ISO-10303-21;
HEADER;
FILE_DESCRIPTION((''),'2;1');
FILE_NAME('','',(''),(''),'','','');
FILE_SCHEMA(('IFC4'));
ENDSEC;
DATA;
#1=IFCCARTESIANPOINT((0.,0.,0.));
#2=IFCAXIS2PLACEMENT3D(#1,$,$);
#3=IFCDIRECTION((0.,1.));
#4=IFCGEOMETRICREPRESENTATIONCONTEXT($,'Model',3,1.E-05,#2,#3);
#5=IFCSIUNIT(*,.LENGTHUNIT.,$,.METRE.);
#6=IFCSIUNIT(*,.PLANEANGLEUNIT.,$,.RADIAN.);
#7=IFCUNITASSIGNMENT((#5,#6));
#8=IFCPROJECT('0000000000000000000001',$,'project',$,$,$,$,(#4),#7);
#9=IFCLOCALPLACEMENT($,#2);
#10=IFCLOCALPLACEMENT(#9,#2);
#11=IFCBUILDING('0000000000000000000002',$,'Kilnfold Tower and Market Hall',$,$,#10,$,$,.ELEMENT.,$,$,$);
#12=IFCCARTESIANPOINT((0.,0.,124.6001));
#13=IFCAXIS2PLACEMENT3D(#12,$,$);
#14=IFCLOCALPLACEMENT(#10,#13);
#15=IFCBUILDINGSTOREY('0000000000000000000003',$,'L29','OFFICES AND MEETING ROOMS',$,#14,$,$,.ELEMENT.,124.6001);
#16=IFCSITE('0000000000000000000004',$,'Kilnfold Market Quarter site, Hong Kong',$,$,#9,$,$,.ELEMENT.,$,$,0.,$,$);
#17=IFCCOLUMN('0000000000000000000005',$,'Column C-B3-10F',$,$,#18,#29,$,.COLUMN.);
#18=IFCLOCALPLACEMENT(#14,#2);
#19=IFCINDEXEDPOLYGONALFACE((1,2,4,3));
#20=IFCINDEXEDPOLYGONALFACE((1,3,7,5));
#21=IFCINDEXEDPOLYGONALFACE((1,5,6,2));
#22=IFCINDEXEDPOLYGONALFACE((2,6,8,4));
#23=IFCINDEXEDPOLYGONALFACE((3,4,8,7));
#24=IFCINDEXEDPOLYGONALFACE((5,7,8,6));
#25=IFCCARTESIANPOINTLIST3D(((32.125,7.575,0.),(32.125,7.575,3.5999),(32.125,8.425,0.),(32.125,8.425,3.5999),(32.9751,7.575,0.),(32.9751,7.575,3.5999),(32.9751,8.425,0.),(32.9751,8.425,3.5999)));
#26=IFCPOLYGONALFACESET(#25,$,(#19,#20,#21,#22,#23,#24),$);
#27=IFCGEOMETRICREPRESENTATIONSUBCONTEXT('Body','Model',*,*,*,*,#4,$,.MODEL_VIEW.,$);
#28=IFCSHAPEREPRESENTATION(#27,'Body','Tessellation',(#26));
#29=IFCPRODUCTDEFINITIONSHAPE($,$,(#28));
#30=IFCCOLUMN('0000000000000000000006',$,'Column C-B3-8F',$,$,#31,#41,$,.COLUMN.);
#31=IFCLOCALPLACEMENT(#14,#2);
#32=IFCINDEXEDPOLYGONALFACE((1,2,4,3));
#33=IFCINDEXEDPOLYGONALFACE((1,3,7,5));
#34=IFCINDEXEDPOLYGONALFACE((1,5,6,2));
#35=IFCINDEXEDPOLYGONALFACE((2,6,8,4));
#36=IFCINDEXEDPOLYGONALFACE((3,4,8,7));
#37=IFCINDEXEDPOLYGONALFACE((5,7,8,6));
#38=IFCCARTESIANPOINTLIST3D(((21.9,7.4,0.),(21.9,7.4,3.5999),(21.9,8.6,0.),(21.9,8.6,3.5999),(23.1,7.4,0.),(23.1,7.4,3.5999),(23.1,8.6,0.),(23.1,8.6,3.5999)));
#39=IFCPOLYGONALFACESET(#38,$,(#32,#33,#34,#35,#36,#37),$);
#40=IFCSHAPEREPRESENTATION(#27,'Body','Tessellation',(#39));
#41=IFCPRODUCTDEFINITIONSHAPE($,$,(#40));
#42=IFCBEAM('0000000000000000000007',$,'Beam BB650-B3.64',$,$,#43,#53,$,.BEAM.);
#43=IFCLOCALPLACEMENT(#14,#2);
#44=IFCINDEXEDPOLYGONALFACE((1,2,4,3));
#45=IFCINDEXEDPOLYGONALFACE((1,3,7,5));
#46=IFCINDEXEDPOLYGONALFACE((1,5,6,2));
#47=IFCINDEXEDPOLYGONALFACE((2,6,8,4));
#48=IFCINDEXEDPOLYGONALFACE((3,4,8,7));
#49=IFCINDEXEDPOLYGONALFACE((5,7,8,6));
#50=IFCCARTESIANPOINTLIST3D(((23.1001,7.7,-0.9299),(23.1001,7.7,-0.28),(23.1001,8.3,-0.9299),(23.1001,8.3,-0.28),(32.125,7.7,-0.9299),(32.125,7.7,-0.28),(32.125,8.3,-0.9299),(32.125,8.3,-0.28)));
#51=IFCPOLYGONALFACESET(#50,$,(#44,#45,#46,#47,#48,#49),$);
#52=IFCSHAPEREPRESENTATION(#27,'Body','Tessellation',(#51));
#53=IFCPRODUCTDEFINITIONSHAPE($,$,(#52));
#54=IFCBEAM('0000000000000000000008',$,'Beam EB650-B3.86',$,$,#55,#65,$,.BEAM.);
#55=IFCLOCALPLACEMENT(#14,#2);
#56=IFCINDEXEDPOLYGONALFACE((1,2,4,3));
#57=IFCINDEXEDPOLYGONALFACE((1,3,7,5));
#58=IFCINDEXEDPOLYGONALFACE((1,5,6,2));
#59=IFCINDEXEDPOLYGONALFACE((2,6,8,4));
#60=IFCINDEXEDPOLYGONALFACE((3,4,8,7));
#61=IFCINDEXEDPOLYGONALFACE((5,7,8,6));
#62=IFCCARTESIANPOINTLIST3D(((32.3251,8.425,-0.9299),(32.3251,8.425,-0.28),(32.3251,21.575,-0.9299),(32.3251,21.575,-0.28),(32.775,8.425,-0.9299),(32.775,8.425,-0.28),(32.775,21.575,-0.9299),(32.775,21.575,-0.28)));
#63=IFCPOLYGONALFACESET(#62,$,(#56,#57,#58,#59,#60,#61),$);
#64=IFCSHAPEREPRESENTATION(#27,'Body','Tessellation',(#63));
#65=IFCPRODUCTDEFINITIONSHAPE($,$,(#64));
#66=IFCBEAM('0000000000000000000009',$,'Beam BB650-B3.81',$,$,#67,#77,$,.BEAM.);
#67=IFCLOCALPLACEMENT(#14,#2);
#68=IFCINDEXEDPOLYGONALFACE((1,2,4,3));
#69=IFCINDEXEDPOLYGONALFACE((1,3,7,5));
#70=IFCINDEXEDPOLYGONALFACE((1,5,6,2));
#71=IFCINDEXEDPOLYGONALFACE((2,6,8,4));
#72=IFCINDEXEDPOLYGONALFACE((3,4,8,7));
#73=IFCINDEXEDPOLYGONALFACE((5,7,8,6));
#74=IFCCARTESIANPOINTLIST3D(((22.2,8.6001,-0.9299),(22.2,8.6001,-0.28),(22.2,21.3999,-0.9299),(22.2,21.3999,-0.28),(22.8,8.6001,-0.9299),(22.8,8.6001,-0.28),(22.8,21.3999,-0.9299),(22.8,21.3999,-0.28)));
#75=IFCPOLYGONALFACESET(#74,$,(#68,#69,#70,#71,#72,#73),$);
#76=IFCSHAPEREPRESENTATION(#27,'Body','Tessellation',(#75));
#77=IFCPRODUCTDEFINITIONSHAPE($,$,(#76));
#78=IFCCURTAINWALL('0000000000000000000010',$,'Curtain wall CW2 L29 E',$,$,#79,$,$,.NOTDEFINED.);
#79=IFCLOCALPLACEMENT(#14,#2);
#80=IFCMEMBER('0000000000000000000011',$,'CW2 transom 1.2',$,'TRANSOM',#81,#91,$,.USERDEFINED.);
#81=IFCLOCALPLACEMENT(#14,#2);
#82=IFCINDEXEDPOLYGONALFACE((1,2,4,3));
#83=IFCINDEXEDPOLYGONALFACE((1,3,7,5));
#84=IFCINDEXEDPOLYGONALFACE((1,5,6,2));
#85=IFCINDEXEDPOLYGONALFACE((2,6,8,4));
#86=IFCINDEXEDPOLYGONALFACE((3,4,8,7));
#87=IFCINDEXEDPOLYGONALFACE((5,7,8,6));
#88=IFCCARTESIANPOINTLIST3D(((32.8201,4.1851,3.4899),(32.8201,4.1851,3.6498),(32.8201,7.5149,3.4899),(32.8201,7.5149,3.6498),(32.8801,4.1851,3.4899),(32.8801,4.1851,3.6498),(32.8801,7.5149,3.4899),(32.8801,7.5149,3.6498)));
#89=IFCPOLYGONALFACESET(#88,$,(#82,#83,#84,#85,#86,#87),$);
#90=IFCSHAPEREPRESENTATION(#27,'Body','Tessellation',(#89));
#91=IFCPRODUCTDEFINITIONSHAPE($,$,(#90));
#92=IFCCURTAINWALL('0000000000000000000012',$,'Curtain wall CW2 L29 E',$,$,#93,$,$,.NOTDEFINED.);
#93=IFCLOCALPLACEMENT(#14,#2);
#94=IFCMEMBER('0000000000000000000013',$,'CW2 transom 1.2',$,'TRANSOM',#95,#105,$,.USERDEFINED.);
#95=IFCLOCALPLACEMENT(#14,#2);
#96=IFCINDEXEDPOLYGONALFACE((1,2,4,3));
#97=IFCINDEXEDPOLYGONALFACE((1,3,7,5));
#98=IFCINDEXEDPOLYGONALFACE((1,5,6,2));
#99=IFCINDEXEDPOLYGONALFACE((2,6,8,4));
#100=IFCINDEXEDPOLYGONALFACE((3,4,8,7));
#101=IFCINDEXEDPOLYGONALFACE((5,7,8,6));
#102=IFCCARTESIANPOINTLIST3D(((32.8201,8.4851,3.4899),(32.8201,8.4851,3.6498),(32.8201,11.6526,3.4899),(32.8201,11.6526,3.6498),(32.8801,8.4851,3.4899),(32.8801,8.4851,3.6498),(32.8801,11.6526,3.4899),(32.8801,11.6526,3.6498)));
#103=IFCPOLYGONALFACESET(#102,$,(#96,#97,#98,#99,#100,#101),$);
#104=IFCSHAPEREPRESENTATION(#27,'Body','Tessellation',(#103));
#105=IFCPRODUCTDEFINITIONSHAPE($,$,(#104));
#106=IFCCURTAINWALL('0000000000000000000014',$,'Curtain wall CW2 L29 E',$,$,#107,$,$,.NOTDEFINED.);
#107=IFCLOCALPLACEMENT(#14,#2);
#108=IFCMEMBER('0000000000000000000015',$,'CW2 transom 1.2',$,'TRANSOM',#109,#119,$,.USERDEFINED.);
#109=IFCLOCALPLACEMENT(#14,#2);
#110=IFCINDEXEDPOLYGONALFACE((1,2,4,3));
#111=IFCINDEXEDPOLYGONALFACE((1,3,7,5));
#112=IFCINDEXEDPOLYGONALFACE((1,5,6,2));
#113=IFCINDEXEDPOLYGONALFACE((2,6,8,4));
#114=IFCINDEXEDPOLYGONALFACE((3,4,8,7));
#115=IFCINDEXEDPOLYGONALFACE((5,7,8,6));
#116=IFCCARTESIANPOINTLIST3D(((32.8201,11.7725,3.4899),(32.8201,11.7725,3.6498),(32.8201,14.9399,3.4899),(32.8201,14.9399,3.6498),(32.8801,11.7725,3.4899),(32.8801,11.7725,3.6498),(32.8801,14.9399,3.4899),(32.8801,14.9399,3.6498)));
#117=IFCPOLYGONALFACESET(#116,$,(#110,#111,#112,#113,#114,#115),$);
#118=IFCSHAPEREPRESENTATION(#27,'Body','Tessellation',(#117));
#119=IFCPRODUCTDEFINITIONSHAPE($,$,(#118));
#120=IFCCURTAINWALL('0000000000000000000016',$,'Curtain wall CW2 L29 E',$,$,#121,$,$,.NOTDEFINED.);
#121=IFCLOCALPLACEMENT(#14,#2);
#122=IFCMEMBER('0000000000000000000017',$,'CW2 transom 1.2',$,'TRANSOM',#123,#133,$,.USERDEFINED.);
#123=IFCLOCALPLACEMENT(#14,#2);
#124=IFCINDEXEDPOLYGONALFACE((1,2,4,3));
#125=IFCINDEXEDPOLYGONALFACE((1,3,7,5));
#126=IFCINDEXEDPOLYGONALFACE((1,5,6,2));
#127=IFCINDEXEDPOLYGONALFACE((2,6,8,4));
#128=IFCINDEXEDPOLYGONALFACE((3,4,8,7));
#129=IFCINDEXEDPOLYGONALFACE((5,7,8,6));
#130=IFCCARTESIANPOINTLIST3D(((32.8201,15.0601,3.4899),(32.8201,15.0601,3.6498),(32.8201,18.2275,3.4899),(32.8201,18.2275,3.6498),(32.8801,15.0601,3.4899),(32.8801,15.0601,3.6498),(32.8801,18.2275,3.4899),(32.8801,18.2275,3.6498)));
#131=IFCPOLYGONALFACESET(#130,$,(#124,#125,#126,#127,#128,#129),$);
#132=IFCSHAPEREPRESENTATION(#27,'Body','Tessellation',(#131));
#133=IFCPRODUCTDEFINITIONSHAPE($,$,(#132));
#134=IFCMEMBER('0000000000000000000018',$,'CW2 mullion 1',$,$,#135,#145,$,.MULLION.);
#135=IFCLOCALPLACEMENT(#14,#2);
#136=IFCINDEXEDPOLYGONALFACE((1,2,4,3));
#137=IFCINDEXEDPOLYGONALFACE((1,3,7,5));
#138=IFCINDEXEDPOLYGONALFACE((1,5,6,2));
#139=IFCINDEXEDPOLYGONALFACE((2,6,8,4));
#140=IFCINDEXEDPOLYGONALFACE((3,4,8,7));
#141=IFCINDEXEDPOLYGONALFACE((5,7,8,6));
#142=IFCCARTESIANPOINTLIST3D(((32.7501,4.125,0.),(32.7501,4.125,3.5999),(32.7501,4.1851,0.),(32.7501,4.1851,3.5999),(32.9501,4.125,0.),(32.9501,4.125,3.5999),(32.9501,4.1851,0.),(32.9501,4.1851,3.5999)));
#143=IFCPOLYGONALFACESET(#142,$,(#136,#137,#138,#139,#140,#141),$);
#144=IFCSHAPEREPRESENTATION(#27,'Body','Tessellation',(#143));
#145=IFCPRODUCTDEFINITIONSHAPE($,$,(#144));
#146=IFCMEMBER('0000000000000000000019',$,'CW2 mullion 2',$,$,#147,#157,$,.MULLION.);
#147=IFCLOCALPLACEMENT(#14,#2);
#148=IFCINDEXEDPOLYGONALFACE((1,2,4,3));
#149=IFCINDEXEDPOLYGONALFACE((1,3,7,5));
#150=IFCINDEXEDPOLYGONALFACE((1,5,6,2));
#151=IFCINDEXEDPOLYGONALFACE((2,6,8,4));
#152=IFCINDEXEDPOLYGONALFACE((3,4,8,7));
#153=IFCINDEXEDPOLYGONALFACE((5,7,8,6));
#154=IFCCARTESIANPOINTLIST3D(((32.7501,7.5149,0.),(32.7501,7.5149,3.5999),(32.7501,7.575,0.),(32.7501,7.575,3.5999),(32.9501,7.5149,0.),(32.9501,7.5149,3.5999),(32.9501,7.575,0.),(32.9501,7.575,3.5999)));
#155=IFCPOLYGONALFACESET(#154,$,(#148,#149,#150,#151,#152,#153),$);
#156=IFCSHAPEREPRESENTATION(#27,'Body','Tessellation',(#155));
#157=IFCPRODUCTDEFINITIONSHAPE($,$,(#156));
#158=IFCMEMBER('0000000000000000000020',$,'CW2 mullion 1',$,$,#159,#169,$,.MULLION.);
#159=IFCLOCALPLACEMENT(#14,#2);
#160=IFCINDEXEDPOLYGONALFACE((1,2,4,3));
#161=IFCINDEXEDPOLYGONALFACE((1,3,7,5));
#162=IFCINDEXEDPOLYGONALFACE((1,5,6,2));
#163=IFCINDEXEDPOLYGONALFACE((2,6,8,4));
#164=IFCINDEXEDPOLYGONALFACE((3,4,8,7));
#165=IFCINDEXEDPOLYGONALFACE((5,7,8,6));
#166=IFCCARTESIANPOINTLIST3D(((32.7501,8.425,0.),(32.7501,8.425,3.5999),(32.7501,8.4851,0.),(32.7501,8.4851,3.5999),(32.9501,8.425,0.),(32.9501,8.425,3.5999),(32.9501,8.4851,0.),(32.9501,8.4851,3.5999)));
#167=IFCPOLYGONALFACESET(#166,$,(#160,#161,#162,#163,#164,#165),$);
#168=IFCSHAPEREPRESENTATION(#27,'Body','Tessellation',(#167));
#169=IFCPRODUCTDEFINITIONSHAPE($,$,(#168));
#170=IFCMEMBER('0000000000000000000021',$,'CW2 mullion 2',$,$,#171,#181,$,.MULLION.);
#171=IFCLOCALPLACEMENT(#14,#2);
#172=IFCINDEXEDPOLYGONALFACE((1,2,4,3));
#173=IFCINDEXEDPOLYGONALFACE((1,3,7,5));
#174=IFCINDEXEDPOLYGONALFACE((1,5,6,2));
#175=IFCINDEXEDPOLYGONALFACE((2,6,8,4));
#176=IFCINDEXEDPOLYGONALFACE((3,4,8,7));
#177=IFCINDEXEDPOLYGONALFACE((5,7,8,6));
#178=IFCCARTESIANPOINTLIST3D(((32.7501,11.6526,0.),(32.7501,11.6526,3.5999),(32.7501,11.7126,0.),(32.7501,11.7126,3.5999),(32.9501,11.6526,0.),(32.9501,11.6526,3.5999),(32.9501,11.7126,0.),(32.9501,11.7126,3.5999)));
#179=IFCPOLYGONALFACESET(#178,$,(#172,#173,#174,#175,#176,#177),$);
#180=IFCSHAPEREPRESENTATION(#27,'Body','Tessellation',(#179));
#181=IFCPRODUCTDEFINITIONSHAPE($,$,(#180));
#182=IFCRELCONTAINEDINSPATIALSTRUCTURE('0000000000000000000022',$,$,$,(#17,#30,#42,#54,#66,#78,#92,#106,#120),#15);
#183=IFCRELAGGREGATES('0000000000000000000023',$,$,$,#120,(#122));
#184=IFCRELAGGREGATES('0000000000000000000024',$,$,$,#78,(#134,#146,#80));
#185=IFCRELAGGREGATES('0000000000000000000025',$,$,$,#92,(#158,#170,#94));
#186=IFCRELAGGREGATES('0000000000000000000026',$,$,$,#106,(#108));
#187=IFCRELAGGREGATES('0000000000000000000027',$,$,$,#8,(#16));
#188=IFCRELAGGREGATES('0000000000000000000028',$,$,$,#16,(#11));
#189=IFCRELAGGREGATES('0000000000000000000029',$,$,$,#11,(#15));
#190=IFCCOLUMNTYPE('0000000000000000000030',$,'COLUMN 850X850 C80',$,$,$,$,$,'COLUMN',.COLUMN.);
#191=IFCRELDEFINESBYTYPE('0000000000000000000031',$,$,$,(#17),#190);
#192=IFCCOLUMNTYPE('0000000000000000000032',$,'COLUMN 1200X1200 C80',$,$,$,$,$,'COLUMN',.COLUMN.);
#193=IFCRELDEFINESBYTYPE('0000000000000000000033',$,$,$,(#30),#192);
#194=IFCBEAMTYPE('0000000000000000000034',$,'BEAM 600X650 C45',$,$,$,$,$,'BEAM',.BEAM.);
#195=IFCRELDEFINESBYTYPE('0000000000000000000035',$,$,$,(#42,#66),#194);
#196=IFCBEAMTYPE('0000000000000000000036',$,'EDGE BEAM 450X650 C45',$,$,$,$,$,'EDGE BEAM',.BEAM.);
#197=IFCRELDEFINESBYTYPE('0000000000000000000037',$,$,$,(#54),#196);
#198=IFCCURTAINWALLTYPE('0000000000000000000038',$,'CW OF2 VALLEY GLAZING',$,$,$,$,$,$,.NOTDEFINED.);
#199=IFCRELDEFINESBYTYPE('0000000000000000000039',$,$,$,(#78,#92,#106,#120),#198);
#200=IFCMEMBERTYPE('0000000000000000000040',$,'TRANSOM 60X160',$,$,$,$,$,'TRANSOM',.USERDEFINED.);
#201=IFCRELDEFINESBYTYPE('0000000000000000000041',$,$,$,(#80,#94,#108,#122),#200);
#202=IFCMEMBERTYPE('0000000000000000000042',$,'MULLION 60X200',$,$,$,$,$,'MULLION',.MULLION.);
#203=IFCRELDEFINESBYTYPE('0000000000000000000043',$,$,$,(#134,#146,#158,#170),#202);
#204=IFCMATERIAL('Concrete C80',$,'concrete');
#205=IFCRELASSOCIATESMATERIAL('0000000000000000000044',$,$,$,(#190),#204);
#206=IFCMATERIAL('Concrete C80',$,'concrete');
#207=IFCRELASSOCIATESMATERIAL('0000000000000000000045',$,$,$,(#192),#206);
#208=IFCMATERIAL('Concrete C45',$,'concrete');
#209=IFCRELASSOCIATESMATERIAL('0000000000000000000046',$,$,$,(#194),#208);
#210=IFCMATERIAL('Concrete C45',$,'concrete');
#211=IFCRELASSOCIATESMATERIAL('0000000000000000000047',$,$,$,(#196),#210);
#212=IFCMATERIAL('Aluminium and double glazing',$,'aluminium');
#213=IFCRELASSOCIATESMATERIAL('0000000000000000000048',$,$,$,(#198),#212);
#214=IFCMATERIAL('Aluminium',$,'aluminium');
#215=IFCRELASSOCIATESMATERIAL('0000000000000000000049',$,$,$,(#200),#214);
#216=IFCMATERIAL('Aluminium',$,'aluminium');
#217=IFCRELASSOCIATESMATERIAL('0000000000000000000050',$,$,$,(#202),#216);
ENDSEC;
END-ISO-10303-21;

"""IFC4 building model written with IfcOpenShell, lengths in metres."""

from ifc_helpers import new_model, si_unit, direction, frame, origin, origin_2d, place, context, subcontext, project, spatial, rectangle, extrude, source, transform, mapped, material, material_profile, profile_set, type_object, element, aggregate, save


model = new_model("IFC4")

# Units and contexts
model_context = context("Model", 3, precision=1e-05, world=origin(), true_north=direction((0.0, 1.0)))
body_context = subcontext(model_context, "Body", "Model", "MODEL_VIEW")
ifc_project = project(units=[si_unit("LENGTHUNIT", "METRE"), si_unit("PLANEANGLEUNIT", "RADIAN")], contexts=[model_context])

# Site, building, storey
site_placement = place(None, origin())
site = spatial("IfcSite", under=ifc_project, at=site_placement, Name="Kilnfold Market Quarter site, Hong Kong", CompositionType="ELEMENT", RefElevation=0.0)
building_placement = place(site_placement, origin())
building = spatial("IfcBuilding", under=site, at=building_placement, Name="Kilnfold Tower and Market Hall", CompositionType="ELEMENT")
storey_placement = place(building_placement, frame((0.0, 0.0, 124.6001)))
storey = spatial("IfcBuildingStorey", under=building, at=storey_placement, Name="L29", Description="OFFICES AND MEETING ROOMS", CompositionType="ELEMENT", Elevation=124.6001)

# Columns
ifc_material_1 = material(Name="Concrete C80", Category="concrete")
ifc_material_profile_1 = material_profile(ifc_material_1, rectangle(XDim=0.8501, YDim=0.8501, at=origin_2d()), Name="RC 850x850")
ifc_profile_set_1 = profile_set([ifc_material_profile_1], Name="Concrete C80")
column_type_1 = type_object("IfcColumnType", Name="COLUMN 850X850 C80", ElementType="COLUMN", PredefinedType="COLUMN", material=ifc_profile_set_1)
shared_shape_1 = source(origin(), body_context, "Body", "SweptSolid", [
    extrude(rectangle(XDim=0.8501, YDim=0.8501, at=origin_2d()), origin(), (0.0, 0.0, 1.0), 3.5999),
])
column_1_placement = place(storey_placement, frame((32.55, 8.0, 0.0), z_axis=(0.0, 0.0, 1.0), x_axis=(1.0, 0.0, 0.0)))
element("IfcColumn", 1, at=column_1_placement, inside=storey, type_object=column_type_1, Name="Column C-B3-10F", PredefinedType="COLUMN", context=body_context, shape_type="MappedRepresentation", body=[
    mapped(shared_shape_1, transform((0.0, 0.0, 0.0))),
])
ifc_material_2 = material(Name="Concrete C80", Category="concrete")
ifc_material_profile_2 = material_profile(ifc_material_2, rectangle(XDim=1.2, YDim=1.2, at=origin_2d()), Name="RC 1200x1200")
ifc_profile_set_2 = profile_set([ifc_material_profile_2], Name="Concrete C80")
column_type_2 = type_object("IfcColumnType", Name="COLUMN 1200X1200 C80", ElementType="COLUMN", PredefinedType="COLUMN", material=ifc_profile_set_2)
shared_shape_2 = source(origin(), body_context, "Body", "SweptSolid", [
    extrude(rectangle(XDim=1.2, YDim=1.2, at=origin_2d()), origin(), (0.0, 0.0, 1.0), 3.5999),
])
column_2_placement = place(storey_placement, frame((22.5, 8.0, 0.0), z_axis=(0.0, 0.0, 1.0), x_axis=(1.0, 0.0, 0.0)))
element("IfcColumn", 2, at=column_2_placement, inside=storey, type_object=column_type_2, Name="Column C-B3-8F", PredefinedType="COLUMN", context=body_context, shape_type="MappedRepresentation", body=[
    mapped(shared_shape_2, transform((0.0, 0.0, 0.0))),
])

# Beams
ifc_material_3 = material(Name="Concrete C45", Category="concrete")
ifc_material_profile_3 = material_profile(ifc_material_3, rectangle(XDim=0.6001, YDim=0.6499, at=origin_2d()), Name="RC 600x650")
ifc_profile_set_3 = profile_set([ifc_material_profile_3], Name="Concrete C45")
beam_type_1 = type_object("IfcBeamType", Name="BEAM 600X650 C45", ElementType="BEAM", PredefinedType="BEAM", material=ifc_profile_set_3)
shared_shape_3 = source(origin(), body_context, "Body", "SweptSolid", [
    extrude(rectangle(XDim=0.6001, YDim=0.6499, at=origin_2d()), origin(), (0.0, 0.0, 1.0), 9.0249),
])
beam_1_placement = place(storey_placement, frame((23.1001, 8.0, -0.605), z_axis=(1.0, 0.0, 0.0), x_axis=(0.0, 1.0, 0.0)))
element("IfcBeam", 3, at=beam_1_placement, inside=storey, type_object=beam_type_1, Name="Beam BB650-B3.64", PredefinedType="BEAM", context=body_context, shape_type="MappedRepresentation", body=[
    mapped(shared_shape_3, transform((0.0, 0.0, 0.0))),
])
ifc_material_4 = material(Name="Concrete C45", Category="concrete")
ifc_material_profile_4 = material_profile(ifc_material_4, rectangle(XDim=0.45, YDim=0.6499, at=origin_2d()), Name="RC 450x650")
ifc_profile_set_4 = profile_set([ifc_material_profile_4], Name="Concrete C45")
beam_type_2 = type_object("IfcBeamType", Name="EDGE BEAM 450X650 C45", ElementType="EDGE BEAM", PredefinedType="BEAM", material=ifc_profile_set_4)
shared_shape_4 = source(origin(), body_context, "Body", "SweptSolid", [
    extrude(rectangle(XDim=0.45, YDim=0.6499, at=origin_2d()), origin(), (0.0, 0.0, 1.0), 13.1499),
])
beam_2_placement = place(storey_placement, frame((32.55, 8.425, -0.605), z_axis=(0.0, 1.0, 0.0), x_axis=(-1.0, 0.0, 0.0)))
element("IfcBeam", 4, at=beam_2_placement, inside=storey, type_object=beam_type_2, Name="Beam EB650-B3.86", PredefinedType="BEAM", context=body_context, shape_type="MappedRepresentation", body=[
    mapped(shared_shape_4, transform((0.0, 0.0, 0.0))),
])
shared_shape_5 = source(origin(), body_context, "Body", "SweptSolid", [
    extrude(rectangle(XDim=0.6001, YDim=0.6499, at=origin_2d()), origin(), (0.0, 0.0, 1.0), 12.7998),
])
beam_3_placement = place(storey_placement, frame((22.5, 8.6001, -0.605), z_axis=(0.0, 1.0, 0.0), x_axis=(-1.0, 0.0, 0.0)))
element("IfcBeam", 5, at=beam_3_placement, inside=storey, type_object=beam_type_1, Name="Beam BB650-B3.81", PredefinedType="BEAM", context=body_context, shape_type="MappedRepresentation", body=[
    mapped(shared_shape_5, transform((0.0, 0.0, 0.0))),
])

# Curtain walls, members
ifc_material_5 = material(Name="Aluminium and double glazing", Category="aluminium")
curtain_wall_type = type_object("IfcCurtainWallType", Name="CW OF2 VALLEY GLAZING", PredefinedType="NOTDEFINED", material=ifc_material_5)
curtain_wall_1_placement = place(storey_placement, origin())
curtain_wall_1 = element("IfcCurtainWall", 6, at=curtain_wall_1_placement, inside=storey, type_object=curtain_wall_type, Name="Curtain wall CW2 L29 E", PredefinedType="NOTDEFINED")
ifc_material_6 = material(Name="Aluminium", Category="aluminium")
ifc_material_profile_5 = material_profile(ifc_material_6, rectangle(XDim=0.0601, YDim=0.1599, at=origin_2d()), Name="TRANSOM 60x160")
ifc_profile_set_5 = profile_set([ifc_material_profile_5], Name="Aluminium")
member_type_1 = type_object("IfcMemberType", Name="TRANSOM 60X160", ElementType="TRANSOM", PredefinedType="USERDEFINED", material=ifc_profile_set_5)
shared_shape_6 = source(origin(), body_context, "Body", "SweptSolid", [
    extrude(rectangle(XDim=0.0601, YDim=0.1599, at=origin_2d()), origin(), (0.0, 0.0, 1.0), 3.3298),
])
member_1_placement = place(storey_placement, frame((32.8501, 4.1851, 3.5698), z_axis=(0.0, 1.0, 0.0), x_axis=(-1.0, 0.0, 0.0)))
member_1 = element("IfcMember", 7, at=member_1_placement, type_object=member_type_1, Name="CW2 transom 1.2", ObjectType="TRANSOM", PredefinedType="USERDEFINED", context=body_context, shape_type="MappedRepresentation", body=[
    mapped(shared_shape_6, transform((0.0, 0.0, 0.0))),
])
curtain_wall_2_placement = place(storey_placement, origin())
curtain_wall_2 = element("IfcCurtainWall", 8, at=curtain_wall_2_placement, inside=storey, type_object=curtain_wall_type, Name="Curtain wall CW2 L29 E", PredefinedType="NOTDEFINED")
shared_shape_7 = source(origin(), body_context, "Body", "SweptSolid", [
    extrude(rectangle(XDim=0.0601, YDim=0.1599, at=origin_2d()), origin(), (0.0, 0.0, 1.0), 3.1675),
])
member_2_placement = place(storey_placement, frame((32.8501, 8.4851, 3.5698), z_axis=(0.0, 1.0, 0.0), x_axis=(-1.0, 0.0, 0.0)))
member_2 = element("IfcMember", 9, at=member_2_placement, type_object=member_type_1, Name="CW2 transom 1.2", ObjectType="TRANSOM", PredefinedType="USERDEFINED", context=body_context, shape_type="MappedRepresentation", body=[
    mapped(shared_shape_7, transform((0.0, 0.0, 0.0))),
])
curtain_wall_3_placement = place(storey_placement, origin())
curtain_wall_3 = element("IfcCurtainWall", 10, at=curtain_wall_3_placement, inside=storey, type_object=curtain_wall_type, Name="Curtain wall CW2 L29 E", PredefinedType="NOTDEFINED")
member_3_placement = place(storey_placement, frame((32.8501, 11.7725, 3.5698), z_axis=(0.0, 1.0, 0.0), x_axis=(-1.0, 0.0, 0.0)))
member_3 = element("IfcMember", 11, at=member_3_placement, type_object=member_type_1, Name="CW2 transom 1.2", ObjectType="TRANSOM", PredefinedType="USERDEFINED", context=body_context, shape_type="MappedRepresentation", body=[
    mapped(shared_shape_7, transform((0.0, 0.0, 0.0))),
])
curtain_wall_4_placement = place(storey_placement, origin())
curtain_wall_4 = element("IfcCurtainWall", 12, at=curtain_wall_4_placement, inside=storey, type_object=curtain_wall_type, Name="Curtain wall CW2 L29 E", PredefinedType="NOTDEFINED")
member_4_placement = place(storey_placement, frame((32.8501, 15.0601, 3.5698), z_axis=(0.0, 1.0, 0.0), x_axis=(-1.0, 0.0, 0.0)))
member_4 = element("IfcMember", 13, at=member_4_placement, type_object=member_type_1, Name="CW2 transom 1.2", ObjectType="TRANSOM", PredefinedType="USERDEFINED", context=body_context, shape_type="MappedRepresentation", body=[
    mapped(shared_shape_7, transform((0.0, 0.0, 0.0))),
])

# Members
ifc_material_7 = material(Name="Aluminium", Category="aluminium")
ifc_material_profile_6 = material_profile(ifc_material_7, rectangle(XDim=0.0601, YDim=0.2, at=origin_2d()), Name="MULLION 60x200")
ifc_profile_set_6 = profile_set([ifc_material_profile_6], Name="Aluminium")
member_type_2 = type_object("IfcMemberType", Name="MULLION 60X200", ElementType="MULLION", PredefinedType="MULLION", material=ifc_profile_set_6)
shared_shape_8 = source(origin(), body_context, "Body", "SweptSolid", [
    extrude(rectangle(XDim=0.0601, YDim=0.2, at=origin_2d()), origin(), (0.0, 0.0, 1.0), 3.5999),
])
member_5_placement = place(storey_placement, frame((32.8501, 4.155, 0.0), z_axis=(0.0, 0.0, 1.0), x_axis=(0.0, 1.0, 0.0)))
member_5 = element("IfcMember", 14, at=member_5_placement, type_object=member_type_2, Name="CW2 mullion 1", PredefinedType="MULLION", context=body_context, shape_type="MappedRepresentation", body=[
    mapped(shared_shape_8, transform((0.0, 0.0, 0.0))),
])
member_6_placement = place(storey_placement, frame((32.8501, 7.5449, 0.0), z_axis=(0.0, 0.0, 1.0), x_axis=(0.0, 1.0, 0.0)))
member_6 = element("IfcMember", 15, at=member_6_placement, type_object=member_type_2, Name="CW2 mullion 2", PredefinedType="MULLION", context=body_context, shape_type="MappedRepresentation", body=[
    mapped(shared_shape_8, transform((0.0, 0.0, 0.0))),
])
member_7_placement = place(storey_placement, frame((32.8501, 8.4551, 0.0), z_axis=(0.0, 0.0, 1.0), x_axis=(0.0, 1.0, 0.0)))
member_7 = element("IfcMember", 16, at=member_7_placement, type_object=member_type_2, Name="CW2 mullion 1", PredefinedType="MULLION", context=body_context, shape_type="MappedRepresentation", body=[
    mapped(shared_shape_8, transform((0.0, 0.0, 0.0))),
])
member_8_placement = place(storey_placement, frame((32.8501, 11.6826, 0.0), z_axis=(0.0, 0.0, 1.0), x_axis=(0.0, 1.0, 0.0)))
member_8 = element("IfcMember", 17, at=member_8_placement, type_object=member_type_2, Name="CW2 mullion 2", PredefinedType="MULLION", context=body_context, shape_type="MappedRepresentation", body=[
    mapped(shared_shape_8, transform((0.0, 0.0, 0.0))),
])
aggregate(curtain_wall_4, [member_4])

aggregate(curtain_wall_1, [member_5, member_6, member_1])
aggregate(curtain_wall_2, [member_7, member_8, member_2])
aggregate(curtain_wall_3, [member_3])

save(model, "model.ifc")
